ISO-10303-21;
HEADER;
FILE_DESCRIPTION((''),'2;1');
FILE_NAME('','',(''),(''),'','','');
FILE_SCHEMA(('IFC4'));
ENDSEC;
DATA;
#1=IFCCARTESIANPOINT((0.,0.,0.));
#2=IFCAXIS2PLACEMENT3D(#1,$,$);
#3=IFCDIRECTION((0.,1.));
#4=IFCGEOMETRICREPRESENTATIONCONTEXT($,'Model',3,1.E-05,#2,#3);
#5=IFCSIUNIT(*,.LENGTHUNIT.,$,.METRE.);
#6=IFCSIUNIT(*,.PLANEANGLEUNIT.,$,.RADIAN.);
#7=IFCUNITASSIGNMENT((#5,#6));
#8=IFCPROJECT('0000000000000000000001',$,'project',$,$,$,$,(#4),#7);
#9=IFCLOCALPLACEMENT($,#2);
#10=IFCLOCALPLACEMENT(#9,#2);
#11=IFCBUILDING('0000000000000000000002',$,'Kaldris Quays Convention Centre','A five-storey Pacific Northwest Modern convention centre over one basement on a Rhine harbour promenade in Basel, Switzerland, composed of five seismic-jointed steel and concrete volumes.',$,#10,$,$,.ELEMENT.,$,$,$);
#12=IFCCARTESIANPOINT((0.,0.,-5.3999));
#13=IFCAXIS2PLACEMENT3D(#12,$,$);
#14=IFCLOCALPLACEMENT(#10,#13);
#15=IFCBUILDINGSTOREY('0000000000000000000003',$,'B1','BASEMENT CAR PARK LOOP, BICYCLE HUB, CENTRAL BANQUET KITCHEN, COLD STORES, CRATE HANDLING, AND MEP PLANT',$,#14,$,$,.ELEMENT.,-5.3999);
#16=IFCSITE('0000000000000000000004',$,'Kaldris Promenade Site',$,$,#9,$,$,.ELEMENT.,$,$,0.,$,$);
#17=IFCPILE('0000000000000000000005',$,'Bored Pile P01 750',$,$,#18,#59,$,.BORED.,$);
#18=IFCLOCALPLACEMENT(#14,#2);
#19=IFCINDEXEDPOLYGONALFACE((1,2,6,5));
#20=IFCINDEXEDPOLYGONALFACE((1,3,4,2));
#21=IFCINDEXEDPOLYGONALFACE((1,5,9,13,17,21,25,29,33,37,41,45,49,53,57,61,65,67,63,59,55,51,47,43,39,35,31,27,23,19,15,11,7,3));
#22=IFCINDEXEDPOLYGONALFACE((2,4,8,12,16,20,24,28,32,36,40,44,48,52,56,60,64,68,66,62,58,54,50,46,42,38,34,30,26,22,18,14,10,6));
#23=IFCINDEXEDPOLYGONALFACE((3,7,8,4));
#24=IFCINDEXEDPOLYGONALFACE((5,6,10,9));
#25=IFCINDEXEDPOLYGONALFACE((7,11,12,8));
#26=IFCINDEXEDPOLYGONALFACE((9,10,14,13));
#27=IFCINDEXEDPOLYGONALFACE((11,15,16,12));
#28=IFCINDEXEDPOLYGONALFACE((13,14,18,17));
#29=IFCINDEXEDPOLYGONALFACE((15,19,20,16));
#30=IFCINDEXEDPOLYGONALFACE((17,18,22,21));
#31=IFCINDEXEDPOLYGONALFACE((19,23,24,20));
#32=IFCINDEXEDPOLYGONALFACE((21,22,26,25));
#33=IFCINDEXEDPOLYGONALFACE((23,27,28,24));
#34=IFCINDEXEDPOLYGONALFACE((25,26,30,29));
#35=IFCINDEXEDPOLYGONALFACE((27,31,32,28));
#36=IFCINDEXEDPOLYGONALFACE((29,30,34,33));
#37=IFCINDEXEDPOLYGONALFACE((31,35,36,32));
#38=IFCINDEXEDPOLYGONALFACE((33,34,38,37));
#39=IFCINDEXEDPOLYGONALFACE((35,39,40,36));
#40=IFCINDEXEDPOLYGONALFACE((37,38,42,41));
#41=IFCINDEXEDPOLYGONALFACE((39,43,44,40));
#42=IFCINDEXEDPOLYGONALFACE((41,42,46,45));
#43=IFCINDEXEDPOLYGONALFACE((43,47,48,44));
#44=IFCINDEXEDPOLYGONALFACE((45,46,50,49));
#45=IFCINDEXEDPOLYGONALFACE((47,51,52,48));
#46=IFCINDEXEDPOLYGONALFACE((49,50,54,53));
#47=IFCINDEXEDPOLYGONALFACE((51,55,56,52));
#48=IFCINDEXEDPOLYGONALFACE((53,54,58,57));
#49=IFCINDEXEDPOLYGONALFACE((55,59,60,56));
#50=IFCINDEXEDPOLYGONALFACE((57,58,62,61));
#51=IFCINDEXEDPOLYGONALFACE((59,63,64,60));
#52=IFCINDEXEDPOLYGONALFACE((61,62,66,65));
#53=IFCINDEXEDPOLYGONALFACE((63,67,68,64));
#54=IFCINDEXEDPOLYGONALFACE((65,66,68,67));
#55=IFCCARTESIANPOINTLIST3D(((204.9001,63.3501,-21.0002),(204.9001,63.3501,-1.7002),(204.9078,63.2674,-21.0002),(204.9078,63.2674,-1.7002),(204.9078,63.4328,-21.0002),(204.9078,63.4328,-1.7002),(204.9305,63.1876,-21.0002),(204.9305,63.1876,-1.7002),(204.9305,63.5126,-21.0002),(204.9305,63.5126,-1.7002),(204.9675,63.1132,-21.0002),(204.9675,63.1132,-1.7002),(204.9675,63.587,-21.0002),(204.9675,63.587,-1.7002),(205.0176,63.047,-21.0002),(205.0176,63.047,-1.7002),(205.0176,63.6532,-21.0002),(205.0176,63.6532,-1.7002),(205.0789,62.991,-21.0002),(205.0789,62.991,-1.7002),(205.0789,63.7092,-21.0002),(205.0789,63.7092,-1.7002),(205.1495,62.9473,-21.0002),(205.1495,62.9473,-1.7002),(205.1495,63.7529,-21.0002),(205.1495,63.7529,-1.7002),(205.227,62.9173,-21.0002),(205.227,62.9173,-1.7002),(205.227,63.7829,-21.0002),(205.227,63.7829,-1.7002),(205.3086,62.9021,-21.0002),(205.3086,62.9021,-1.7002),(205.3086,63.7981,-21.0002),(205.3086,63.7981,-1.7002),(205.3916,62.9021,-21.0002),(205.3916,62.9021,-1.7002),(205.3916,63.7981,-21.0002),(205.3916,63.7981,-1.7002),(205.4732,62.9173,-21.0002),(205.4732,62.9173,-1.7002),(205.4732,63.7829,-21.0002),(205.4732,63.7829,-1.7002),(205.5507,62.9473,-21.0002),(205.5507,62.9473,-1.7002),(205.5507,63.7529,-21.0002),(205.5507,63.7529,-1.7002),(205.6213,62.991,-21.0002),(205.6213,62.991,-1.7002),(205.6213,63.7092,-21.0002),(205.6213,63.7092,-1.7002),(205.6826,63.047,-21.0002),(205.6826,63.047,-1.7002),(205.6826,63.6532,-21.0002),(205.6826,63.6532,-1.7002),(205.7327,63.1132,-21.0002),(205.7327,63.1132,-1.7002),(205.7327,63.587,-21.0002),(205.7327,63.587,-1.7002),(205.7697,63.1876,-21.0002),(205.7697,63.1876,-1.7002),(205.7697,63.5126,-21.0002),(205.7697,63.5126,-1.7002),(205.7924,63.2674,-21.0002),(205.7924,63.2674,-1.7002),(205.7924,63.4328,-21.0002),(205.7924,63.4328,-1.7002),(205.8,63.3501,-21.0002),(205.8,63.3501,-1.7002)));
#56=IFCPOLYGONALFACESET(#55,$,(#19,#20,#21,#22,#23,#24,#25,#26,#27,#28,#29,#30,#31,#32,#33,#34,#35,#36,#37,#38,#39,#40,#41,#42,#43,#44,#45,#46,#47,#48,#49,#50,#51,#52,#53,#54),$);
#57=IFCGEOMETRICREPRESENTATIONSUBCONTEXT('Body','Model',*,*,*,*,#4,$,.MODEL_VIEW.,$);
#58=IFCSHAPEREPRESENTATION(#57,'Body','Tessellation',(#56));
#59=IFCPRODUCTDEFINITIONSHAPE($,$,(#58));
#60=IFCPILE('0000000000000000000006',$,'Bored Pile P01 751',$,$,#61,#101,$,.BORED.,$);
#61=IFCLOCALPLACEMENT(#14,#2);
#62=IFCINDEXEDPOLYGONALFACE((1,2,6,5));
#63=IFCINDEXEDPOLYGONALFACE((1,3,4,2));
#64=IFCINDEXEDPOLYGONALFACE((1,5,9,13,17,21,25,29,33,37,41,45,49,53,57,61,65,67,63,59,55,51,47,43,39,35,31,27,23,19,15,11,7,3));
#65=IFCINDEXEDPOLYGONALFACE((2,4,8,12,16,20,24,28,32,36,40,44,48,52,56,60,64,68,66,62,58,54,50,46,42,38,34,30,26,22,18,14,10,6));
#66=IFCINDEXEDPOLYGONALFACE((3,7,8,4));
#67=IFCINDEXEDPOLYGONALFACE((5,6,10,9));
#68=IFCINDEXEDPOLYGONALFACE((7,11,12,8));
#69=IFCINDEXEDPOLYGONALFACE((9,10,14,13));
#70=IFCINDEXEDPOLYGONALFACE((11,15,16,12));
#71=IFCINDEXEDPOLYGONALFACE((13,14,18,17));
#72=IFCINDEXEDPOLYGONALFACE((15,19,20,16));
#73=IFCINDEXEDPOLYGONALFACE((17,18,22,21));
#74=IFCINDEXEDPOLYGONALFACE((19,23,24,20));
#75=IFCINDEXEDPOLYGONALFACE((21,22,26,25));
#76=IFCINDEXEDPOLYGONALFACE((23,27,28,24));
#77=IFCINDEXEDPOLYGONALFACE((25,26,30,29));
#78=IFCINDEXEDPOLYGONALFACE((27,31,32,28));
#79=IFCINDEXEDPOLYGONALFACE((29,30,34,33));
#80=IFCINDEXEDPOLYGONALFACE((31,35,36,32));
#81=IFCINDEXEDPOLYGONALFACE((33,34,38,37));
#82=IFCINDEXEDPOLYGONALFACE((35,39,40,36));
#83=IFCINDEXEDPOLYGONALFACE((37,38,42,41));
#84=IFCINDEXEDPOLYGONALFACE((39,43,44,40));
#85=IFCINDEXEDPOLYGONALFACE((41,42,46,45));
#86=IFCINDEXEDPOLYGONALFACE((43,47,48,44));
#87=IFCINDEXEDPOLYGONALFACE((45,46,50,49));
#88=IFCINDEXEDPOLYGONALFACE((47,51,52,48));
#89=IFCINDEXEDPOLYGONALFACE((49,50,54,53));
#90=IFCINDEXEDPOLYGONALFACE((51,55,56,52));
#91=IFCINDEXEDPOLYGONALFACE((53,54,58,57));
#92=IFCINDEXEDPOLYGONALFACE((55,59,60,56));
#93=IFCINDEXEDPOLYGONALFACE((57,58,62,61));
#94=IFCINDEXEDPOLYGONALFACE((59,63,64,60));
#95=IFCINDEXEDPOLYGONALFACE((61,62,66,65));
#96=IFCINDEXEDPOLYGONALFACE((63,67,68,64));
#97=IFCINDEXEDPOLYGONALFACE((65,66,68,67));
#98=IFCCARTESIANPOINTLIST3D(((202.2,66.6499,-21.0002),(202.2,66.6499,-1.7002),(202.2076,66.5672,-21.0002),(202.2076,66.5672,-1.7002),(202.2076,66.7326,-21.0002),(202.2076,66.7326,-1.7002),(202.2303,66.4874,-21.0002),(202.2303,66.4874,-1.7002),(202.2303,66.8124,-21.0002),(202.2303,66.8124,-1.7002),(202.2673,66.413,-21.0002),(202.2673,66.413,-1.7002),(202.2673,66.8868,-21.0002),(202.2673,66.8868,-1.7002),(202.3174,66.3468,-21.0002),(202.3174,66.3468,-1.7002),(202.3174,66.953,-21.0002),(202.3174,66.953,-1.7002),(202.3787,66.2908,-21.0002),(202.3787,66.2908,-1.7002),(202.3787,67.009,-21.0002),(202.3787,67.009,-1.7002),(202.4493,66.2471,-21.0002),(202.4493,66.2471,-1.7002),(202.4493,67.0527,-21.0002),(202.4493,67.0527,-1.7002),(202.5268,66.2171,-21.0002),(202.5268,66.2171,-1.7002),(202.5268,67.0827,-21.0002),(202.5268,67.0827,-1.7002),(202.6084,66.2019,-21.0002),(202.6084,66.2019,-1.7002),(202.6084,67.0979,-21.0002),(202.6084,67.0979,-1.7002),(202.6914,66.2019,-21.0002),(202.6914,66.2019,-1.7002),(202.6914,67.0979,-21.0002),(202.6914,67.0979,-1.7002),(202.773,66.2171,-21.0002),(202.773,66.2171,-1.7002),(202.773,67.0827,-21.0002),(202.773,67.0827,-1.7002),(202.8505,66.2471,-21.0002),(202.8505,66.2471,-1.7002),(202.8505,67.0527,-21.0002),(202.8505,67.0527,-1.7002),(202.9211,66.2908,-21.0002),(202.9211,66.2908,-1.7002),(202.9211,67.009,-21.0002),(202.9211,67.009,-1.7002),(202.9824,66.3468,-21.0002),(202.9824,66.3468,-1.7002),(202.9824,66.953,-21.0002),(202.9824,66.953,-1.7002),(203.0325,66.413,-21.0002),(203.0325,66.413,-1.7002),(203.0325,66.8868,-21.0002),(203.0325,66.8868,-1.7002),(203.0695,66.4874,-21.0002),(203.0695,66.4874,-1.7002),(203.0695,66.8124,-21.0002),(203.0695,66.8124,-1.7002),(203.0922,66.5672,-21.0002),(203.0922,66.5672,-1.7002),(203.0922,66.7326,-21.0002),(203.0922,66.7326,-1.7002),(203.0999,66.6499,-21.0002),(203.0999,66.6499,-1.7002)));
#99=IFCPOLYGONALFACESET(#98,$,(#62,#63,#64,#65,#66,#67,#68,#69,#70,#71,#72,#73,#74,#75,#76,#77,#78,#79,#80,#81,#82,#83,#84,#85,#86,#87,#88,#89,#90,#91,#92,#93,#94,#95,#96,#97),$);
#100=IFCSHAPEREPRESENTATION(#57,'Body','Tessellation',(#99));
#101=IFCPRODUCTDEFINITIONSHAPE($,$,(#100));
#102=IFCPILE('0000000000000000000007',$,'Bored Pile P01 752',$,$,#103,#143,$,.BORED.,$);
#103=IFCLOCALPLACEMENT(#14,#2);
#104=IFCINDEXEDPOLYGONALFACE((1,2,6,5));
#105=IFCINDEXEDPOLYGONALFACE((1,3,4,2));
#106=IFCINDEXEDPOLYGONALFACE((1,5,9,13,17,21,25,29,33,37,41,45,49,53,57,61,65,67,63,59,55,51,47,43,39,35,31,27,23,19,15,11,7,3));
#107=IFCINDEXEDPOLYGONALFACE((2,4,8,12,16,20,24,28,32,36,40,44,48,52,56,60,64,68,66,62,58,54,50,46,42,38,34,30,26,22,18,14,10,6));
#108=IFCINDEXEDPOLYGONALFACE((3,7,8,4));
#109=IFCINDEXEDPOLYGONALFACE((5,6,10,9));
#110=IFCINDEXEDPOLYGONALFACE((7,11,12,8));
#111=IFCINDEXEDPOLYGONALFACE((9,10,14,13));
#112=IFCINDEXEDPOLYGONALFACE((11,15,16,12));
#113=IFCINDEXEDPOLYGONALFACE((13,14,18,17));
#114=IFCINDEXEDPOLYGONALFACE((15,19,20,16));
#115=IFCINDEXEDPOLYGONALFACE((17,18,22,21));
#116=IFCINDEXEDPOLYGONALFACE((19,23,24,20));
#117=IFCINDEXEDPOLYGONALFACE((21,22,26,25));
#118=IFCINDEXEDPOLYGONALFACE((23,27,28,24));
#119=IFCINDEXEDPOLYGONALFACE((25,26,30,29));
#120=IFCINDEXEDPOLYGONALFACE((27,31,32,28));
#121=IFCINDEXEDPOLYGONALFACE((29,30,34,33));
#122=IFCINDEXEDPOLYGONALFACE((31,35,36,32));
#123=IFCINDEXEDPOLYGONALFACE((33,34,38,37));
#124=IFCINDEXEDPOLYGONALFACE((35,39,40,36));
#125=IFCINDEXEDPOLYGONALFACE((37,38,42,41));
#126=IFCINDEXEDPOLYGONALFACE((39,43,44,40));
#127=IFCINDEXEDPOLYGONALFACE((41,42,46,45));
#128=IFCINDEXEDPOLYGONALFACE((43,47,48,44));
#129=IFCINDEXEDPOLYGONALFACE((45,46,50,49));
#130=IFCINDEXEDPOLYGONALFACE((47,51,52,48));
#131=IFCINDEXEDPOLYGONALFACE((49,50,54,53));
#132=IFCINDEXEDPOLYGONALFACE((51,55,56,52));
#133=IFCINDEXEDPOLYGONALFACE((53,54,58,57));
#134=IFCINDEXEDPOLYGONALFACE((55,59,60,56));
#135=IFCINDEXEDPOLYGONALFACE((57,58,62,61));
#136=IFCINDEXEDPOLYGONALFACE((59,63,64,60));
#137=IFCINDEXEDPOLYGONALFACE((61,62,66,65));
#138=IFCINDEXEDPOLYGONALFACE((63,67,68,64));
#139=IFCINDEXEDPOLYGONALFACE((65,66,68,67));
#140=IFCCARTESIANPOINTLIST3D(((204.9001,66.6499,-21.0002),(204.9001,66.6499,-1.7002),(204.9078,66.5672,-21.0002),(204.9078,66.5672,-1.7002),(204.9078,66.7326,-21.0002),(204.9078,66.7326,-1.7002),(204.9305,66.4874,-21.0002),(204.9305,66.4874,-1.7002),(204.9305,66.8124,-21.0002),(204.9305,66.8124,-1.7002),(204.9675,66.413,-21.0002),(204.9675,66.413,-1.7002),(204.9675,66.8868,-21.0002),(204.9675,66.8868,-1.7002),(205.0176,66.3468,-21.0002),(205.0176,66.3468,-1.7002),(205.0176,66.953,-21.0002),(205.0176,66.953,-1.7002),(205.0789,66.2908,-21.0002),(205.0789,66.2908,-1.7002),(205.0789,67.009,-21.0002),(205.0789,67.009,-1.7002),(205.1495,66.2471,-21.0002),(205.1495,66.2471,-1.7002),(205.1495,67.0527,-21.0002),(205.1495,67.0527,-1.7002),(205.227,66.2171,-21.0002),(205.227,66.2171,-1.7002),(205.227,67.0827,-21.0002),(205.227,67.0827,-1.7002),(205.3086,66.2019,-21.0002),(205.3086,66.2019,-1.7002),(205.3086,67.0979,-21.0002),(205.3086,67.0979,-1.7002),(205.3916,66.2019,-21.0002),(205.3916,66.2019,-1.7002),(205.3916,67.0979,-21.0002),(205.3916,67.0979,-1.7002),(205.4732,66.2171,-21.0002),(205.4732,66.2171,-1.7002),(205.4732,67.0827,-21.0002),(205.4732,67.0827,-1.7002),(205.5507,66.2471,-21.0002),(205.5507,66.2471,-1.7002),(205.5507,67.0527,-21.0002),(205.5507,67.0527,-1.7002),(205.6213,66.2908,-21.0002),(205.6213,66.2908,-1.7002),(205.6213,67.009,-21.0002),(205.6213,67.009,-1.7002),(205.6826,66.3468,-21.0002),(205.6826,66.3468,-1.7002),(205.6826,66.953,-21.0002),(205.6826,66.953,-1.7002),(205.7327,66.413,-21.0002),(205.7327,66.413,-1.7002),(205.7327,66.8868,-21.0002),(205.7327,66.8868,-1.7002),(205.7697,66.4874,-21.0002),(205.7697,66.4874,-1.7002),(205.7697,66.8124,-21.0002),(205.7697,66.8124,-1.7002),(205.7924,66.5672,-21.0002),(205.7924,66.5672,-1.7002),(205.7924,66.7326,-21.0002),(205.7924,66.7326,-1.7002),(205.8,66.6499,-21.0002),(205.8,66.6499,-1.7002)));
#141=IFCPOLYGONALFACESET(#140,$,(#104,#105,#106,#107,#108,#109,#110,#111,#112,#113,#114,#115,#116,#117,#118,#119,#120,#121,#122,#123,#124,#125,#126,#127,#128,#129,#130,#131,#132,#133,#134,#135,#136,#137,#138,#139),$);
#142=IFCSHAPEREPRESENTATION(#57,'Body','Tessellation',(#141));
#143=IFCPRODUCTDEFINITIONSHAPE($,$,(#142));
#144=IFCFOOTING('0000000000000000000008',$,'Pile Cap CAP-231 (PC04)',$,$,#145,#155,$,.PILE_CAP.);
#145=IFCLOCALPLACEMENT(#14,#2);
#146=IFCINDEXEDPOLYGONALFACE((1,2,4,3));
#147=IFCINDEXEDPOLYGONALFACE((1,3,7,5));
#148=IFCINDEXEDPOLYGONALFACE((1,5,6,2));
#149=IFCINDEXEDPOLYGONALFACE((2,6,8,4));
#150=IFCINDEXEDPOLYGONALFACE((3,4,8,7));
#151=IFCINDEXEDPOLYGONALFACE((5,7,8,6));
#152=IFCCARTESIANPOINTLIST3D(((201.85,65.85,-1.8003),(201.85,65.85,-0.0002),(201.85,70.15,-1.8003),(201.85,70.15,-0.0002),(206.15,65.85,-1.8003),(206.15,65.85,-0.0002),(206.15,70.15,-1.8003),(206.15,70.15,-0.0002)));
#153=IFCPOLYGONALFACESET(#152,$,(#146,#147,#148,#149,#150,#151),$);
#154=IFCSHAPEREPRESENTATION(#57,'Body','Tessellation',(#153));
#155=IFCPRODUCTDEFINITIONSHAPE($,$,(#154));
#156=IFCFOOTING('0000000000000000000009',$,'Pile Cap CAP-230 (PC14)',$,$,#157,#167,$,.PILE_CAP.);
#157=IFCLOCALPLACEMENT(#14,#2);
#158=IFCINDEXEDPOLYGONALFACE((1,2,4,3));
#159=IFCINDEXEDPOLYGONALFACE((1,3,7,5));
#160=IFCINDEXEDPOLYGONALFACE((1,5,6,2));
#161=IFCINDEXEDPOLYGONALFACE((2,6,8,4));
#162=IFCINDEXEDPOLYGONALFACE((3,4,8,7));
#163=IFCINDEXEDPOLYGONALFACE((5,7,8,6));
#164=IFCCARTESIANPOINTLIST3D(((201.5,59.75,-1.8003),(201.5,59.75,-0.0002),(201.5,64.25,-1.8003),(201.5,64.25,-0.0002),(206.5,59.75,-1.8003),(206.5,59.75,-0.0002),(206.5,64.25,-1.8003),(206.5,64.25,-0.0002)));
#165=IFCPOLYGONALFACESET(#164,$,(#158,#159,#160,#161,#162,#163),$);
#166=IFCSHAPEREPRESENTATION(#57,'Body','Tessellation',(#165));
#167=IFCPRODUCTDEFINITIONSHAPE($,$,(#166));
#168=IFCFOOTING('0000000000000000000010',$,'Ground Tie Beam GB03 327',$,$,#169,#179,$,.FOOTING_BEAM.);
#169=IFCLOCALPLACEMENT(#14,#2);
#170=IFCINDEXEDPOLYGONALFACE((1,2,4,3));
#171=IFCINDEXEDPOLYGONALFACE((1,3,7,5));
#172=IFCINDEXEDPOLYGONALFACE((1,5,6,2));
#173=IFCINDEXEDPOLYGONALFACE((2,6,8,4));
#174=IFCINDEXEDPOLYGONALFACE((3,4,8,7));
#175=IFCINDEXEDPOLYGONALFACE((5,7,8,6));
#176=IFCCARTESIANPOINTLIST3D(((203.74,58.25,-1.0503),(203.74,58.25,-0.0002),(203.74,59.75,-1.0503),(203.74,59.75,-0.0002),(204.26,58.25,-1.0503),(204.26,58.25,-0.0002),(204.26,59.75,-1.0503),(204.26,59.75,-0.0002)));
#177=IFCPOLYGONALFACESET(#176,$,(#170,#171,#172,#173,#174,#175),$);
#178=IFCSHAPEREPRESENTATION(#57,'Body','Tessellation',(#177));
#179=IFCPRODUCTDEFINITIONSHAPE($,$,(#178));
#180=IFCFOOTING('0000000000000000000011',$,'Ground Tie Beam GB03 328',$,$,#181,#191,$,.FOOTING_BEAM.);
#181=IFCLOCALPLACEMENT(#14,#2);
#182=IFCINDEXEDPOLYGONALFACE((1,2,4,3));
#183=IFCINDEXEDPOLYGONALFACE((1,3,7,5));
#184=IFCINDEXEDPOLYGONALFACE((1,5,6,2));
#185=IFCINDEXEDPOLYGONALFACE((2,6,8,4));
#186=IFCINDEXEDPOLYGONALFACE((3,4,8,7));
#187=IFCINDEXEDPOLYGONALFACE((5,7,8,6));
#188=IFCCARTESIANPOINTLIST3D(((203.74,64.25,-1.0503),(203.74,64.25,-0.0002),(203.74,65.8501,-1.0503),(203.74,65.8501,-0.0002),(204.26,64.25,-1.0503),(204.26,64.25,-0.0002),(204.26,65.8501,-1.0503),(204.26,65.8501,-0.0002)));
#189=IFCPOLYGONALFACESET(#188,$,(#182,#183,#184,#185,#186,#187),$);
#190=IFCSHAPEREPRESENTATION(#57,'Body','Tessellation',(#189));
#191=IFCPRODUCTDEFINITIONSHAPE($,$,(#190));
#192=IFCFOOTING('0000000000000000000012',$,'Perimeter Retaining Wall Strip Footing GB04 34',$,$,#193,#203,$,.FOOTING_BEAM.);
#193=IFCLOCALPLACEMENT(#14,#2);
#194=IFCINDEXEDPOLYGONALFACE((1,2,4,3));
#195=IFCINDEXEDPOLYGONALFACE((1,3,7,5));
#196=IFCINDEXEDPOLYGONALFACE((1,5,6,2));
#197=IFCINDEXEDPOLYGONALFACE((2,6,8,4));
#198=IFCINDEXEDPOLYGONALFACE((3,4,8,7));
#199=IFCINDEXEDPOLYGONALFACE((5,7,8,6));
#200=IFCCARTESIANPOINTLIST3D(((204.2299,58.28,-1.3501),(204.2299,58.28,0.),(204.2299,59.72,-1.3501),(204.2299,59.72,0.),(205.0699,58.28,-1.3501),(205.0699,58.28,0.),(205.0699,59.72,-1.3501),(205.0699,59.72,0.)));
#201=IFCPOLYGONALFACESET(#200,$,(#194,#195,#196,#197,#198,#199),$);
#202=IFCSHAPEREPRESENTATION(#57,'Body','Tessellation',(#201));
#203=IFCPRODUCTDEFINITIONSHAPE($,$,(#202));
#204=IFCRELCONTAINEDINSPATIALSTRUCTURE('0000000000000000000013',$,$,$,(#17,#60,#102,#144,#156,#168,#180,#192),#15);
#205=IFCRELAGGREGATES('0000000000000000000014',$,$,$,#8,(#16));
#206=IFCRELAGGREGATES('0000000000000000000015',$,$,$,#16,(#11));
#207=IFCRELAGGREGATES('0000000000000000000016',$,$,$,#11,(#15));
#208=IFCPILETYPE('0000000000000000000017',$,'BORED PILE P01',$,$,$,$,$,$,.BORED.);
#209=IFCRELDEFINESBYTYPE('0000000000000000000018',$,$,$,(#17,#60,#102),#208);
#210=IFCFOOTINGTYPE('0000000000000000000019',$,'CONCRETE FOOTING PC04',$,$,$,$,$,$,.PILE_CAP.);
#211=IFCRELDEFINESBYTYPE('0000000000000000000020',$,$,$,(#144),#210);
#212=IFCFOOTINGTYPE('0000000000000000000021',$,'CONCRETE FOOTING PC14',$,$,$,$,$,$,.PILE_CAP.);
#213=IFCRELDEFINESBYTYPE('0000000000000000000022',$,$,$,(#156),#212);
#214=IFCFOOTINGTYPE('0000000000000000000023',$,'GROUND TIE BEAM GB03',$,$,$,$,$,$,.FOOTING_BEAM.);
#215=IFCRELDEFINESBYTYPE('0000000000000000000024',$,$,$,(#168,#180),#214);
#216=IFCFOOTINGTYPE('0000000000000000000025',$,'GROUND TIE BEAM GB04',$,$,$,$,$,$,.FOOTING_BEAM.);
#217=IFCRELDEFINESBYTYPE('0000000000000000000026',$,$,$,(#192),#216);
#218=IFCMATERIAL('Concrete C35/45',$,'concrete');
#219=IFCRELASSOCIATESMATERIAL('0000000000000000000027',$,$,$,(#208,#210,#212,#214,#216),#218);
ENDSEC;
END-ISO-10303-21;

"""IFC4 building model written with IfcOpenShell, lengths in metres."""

from ifc_helpers import new_model, si_unit, direction, frame, origin, origin_2d, place, context, subcontext, project, spatial, rectangle, circle, extrude, material, material_profile, profile_set, type_object, element, save


model = new_model("IFC4")

# Units and contexts
model_context = context("Model", 3, precision=1e-05, world=origin(), true_north=direction((0.0, 1.0)))
body_context = subcontext(model_context, "Body", "Model", "MODEL_VIEW")
ifc_project = project(units=[si_unit("LENGTHUNIT", "METRE"), si_unit("PLANEANGLEUNIT", "RADIAN")], contexts=[model_context])

# Site, building, storey
site_placement = place(None, origin())
site = spatial("IfcSite", under=ifc_project, at=site_placement, Name="Kaldris Promenade Site", CompositionType="ELEMENT", RefElevation=0.0)
building_placement = place(site_placement, origin())
building = spatial("IfcBuilding", under=site, at=building_placement, Name="Kaldris Quays Convention Centre", Description="A five-storey Pacific Northwest Modern convention centre over one basement on a Rhine harbour promenade in Basel, Switzerland, composed of five seismic-jointed steel and concrete volumes.", CompositionType="ELEMENT")
storey_placement = place(building_placement, frame((0.0, 0.0, -5.3999)))
storey = spatial("IfcBuildingStorey", under=building, at=storey_placement, Name="B1", Description="BASEMENT CAR PARK LOOP, BICYCLE HUB, CENTRAL BANQUET KITCHEN, COLD STORES, CRATE HANDLING, AND MEP PLANT", CompositionType="ELEMENT", Elevation=-5.3999)

# Piles
ifc_material_1 = material(Name="Concrete C35/45", Category="concrete")
ifc_material_profile_1 = material_profile(ifc_material_1, circle(Radius=0.45, at=origin_2d()), Name="BORED PILE D900")
ifc_profile_set_1 = profile_set([ifc_material_profile_1], Name="Concrete C35/45")
pile_type = type_object("IfcPileType", Name="BORED PILE P01", PredefinedType="BORED", material=ifc_profile_set_1)
for number, where, z_axis, x_axis, name in (
    (1, (205.3501, 63.3501, -1.7002), (0.0, 0.0, -1.0), (1.0, 0.0, 0.0), "Bored Pile P01 750"),
    (2, (202.6499, 66.6499, -1.7002), (0.0, 0.0, -1.0), (1.0, 0.0, 0.0), "Bored Pile P01 751"),
    (3, (205.3501, 66.6499, -1.7002), (0.0, 0.0, -1.0), (1.0, 0.0, 0.0), "Bored Pile P01 752"),
):
    element("IfcPile", number, at=place(storey_placement, frame(where, z_axis=z_axis, x_axis=x_axis)), inside=storey, type_object=pile_type, Name=name, PredefinedType="BORED", context=body_context, shape_type="SweptSolid", body=[
        extrude(circle(Radius=0.45, at=origin_2d()), origin(), (0.0, 0.0, 1.0), 19.3),
    ])

# Footings
footing_type_1 = type_object("IfcFootingType", Name="CONCRETE FOOTING PC04", PredefinedType="PILE_CAP", material=ifc_material_1)
footing_1_placement = place(storey_placement, frame((204.0, 68.0, -1.8003), z_axis=(0.0, 0.0, 1.0), x_axis=(1.0, 0.0, 0.0)))
element("IfcFooting", 4, at=footing_1_placement, inside=storey, type_object=footing_type_1, Name="Pile Cap CAP-231 (PC04)", PredefinedType="PILE_CAP", context=body_context, shape_type="SweptSolid", body=[
    extrude(rectangle(XDim=4.3, YDim=4.3, at=origin_2d()), origin(), (0.0, 0.0, 1.0), 1.8),
])
footing_type_2 = type_object("IfcFootingType", Name="CONCRETE FOOTING PC14", PredefinedType="PILE_CAP", material=ifc_material_1)
footing_2_placement = place(storey_placement, frame((204.0, 62.0, -1.8003), z_axis=(0.0, 0.0, 1.0), x_axis=(1.0, 0.0, 0.0)))
element("IfcFooting", 5, at=footing_2_placement, inside=storey, type_object=footing_type_2, Name="Pile Cap CAP-230 (PC14)", PredefinedType="PILE_CAP", context=body_context, shape_type="SweptSolid", body=[
    extrude(rectangle(XDim=5.0, YDim=4.5, at=origin_2d()), origin(), (0.0, 0.0, 1.0), 1.8),
])
footing_type_3 = type_object("IfcFootingType", Name="GROUND TIE BEAM GB03", PredefinedType="FOOTING_BEAM", material=ifc_material_1)
footing_3_placement = place(storey_placement, frame((204.0, 59.0, -1.0503), z_axis=(0.0, 0.0, 1.0), x_axis=(1.0, 0.0, 0.0)))
element("IfcFooting", 6, at=footing_3_placement, inside=storey, type_object=footing_type_3, Name="Ground Tie Beam GB03 327", PredefinedType="FOOTING_BEAM", context=body_context, shape_type="SweptSolid", body=[
    extrude(rectangle(XDim=0.52, YDim=1.5, at=origin_2d()), origin(), (0.0, 0.0, 1.0), 1.05),
])
footing_4_placement = place(storey_placement, frame((204.0, 65.05, -1.0503), z_axis=(0.0, 0.0, 1.0), x_axis=(1.0, 0.0, 0.0)))
element("IfcFooting", 7, at=footing_4_placement, inside=storey, type_object=footing_type_3, Name="Ground Tie Beam GB03 328", PredefinedType="FOOTING_BEAM", context=body_context, shape_type="SweptSolid", body=[
    extrude(rectangle(XDim=0.52, YDim=1.6001, at=origin_2d()), origin(), (0.0, 0.0, 1.0), 1.05),
])
footing_type_4 = type_object("IfcFootingType", Name="GROUND TIE BEAM GB04", PredefinedType="FOOTING_BEAM", material=ifc_material_1)
footing_5_placement = place(storey_placement, frame((204.6499, 59.0, -1.3501), z_axis=(0.0, 0.0, 1.0), x_axis=(1.0, 0.0, 0.0)))
element("IfcFooting", 8, at=footing_5_placement, inside=storey, type_object=footing_type_4, Name="Perimeter Retaining Wall Strip Footing GB04 34", PredefinedType="FOOTING_BEAM", context=body_context, shape_type="SweptSolid", body=[
    extrude(rectangle(XDim=0.8401, YDim=1.4399, at=origin_2d()), origin(), (0.0, 0.0, 1.0), 1.3501),
])

save(model, "model.ifc")
